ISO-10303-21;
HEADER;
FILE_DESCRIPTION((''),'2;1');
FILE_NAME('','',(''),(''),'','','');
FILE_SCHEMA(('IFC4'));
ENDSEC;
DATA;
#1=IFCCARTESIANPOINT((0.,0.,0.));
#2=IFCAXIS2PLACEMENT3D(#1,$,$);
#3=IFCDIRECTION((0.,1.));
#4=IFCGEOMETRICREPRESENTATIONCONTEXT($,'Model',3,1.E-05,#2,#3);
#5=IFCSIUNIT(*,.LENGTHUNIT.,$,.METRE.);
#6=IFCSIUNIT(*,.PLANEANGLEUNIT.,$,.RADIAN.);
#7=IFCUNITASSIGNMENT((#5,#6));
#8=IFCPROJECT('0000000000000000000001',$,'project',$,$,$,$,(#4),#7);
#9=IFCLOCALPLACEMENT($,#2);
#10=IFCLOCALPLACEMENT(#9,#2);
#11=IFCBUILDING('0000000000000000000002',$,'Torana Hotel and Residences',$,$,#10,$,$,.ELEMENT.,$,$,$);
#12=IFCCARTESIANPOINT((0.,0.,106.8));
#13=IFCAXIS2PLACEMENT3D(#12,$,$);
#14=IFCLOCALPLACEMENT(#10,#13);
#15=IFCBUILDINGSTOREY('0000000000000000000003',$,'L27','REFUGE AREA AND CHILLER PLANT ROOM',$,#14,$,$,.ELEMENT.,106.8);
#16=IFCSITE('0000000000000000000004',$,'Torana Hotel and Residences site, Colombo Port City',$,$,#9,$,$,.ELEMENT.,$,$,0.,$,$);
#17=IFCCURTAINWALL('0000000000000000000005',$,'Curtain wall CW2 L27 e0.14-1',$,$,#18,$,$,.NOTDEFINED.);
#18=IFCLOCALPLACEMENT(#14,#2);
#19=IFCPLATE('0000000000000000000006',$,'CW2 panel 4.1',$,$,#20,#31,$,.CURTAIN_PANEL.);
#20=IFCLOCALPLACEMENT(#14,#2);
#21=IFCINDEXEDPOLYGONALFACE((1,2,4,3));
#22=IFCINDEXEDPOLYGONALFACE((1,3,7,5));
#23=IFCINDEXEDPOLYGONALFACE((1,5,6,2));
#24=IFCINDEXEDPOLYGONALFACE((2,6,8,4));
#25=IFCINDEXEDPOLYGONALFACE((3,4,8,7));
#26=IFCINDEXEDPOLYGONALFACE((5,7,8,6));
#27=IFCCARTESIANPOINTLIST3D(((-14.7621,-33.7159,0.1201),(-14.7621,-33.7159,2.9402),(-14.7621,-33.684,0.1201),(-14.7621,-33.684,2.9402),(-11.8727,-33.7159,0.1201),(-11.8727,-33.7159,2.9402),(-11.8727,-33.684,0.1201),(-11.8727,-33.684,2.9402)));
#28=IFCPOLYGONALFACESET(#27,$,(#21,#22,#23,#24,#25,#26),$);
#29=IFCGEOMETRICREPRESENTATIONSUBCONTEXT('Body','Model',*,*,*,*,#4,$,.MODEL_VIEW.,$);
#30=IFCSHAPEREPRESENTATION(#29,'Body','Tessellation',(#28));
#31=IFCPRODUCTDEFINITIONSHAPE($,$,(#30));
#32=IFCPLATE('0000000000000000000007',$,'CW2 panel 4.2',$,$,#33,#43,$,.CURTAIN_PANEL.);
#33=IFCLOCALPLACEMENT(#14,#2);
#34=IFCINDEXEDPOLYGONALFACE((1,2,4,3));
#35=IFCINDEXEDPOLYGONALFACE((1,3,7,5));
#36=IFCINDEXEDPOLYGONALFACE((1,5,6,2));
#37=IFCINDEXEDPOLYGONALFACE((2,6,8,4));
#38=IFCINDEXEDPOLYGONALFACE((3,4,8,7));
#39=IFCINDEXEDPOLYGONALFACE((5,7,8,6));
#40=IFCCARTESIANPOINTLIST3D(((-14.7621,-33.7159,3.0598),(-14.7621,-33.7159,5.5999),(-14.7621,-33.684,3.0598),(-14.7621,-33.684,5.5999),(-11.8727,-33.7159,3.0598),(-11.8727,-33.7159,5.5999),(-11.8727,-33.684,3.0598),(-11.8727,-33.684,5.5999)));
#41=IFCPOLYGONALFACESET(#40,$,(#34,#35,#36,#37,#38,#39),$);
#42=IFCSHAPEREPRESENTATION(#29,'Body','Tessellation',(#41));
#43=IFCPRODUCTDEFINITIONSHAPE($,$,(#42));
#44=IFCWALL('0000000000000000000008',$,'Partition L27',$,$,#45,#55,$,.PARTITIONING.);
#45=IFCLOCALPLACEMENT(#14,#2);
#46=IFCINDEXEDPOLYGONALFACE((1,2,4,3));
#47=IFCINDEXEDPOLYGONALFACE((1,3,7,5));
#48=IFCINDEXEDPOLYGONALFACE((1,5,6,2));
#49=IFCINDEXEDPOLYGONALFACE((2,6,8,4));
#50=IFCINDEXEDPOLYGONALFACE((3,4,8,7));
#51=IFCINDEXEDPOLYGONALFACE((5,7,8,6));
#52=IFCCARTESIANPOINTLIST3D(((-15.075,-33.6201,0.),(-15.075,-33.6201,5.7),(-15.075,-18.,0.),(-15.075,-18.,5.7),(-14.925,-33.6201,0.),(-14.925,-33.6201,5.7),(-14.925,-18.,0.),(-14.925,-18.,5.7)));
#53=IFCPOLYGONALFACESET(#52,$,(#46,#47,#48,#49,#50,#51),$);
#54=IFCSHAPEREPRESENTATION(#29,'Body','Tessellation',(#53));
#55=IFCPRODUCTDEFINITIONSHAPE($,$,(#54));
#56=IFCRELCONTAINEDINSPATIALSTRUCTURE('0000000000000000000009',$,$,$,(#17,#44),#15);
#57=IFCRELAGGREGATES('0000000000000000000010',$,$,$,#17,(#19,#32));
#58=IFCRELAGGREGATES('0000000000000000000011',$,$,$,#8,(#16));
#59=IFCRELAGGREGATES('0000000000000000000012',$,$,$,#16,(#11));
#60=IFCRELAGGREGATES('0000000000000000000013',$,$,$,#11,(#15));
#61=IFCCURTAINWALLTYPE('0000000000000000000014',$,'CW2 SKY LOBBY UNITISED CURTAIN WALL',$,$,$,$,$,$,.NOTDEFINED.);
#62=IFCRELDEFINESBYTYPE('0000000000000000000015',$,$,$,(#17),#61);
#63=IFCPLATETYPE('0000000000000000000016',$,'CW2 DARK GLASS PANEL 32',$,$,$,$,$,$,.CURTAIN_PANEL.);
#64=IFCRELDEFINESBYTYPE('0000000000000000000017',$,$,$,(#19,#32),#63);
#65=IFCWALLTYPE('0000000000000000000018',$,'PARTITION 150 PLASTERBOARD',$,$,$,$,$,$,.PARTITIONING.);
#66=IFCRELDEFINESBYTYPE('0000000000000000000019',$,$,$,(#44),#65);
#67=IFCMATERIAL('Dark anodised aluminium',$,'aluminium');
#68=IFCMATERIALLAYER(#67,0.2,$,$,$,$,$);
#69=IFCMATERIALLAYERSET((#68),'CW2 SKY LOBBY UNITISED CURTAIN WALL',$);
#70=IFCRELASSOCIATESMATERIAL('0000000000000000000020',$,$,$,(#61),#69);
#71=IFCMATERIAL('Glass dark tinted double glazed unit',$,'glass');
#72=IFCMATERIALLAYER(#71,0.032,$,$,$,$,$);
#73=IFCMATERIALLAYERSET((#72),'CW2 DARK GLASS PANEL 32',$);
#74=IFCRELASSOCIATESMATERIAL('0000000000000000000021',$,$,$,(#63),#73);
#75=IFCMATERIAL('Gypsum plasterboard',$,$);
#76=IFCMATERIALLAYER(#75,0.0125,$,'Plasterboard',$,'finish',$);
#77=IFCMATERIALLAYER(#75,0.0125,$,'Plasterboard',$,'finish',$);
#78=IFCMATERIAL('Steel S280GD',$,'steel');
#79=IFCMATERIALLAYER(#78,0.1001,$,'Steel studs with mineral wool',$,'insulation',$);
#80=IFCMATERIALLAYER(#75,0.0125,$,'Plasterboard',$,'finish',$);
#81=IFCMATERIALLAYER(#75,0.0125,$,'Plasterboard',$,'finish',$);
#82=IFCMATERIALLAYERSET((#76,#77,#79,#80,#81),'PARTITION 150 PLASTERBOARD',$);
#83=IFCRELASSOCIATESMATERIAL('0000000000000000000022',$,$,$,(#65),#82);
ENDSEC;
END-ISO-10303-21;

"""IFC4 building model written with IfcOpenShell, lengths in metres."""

from ifc_helpers import new_model, si_unit, direction, frame, frame_2d, origin, origin_2d, place, context, subcontext, project, spatial, rectangle, extrude, material, layer, layer_set, type_object, element, aggregate, save


model = new_model("IFC4")

# Units and contexts
model_context = context("Model", 3, precision=1e-05, world=origin(), true_north=direction((0.0, 1.0)))
body_context = subcontext(model_context, "Body", "Model", "MODEL_VIEW")
ifc_project = project(units=[si_unit("LENGTHUNIT", "METRE"), si_unit("PLANEANGLEUNIT", "RADIAN")], contexts=[model_context])

# Site, building, storey
site_placement = place(None, origin())
site = spatial("IfcSite", under=ifc_project, at=site_placement, Name="Torana Hotel and Residences site, Colombo Port City", CompositionType="ELEMENT", RefElevation=0.0)
building_placement = place(site_placement, origin())
building = spatial("IfcBuilding", under=site, at=building_placement, Name="Torana Hotel and Residences", CompositionType="ELEMENT")
storey_placement = place(building_placement, frame((0.0, 0.0, 106.8)))
storey = spatial("IfcBuildingStorey", under=building, at=storey_placement, Name="L27", Description="REFUGE AREA AND CHILLER PLANT ROOM", CompositionType="ELEMENT", Elevation=106.8)

# Curtain wall
ifc_material_1 = material(Name="Dark anodised aluminium", Category="aluminium")
ifc_layer_1 = layer(ifc_material_1, 0.2)
ifc_layer_set_1 = layer_set([ifc_layer_1], Name="CW2 SKY LOBBY UNITISED CURTAIN WALL")
curtain_wall_type = type_object("IfcCurtainWallType", Name="CW2 SKY LOBBY UNITISED CURTAIN WALL", PredefinedType="NOTDEFINED", material=ifc_layer_set_1)
curtain_wall_placement = place(storey_placement, origin())
curtain_wall = element("IfcCurtainWall", 1, at=curtain_wall_placement, inside=storey, type_object=curtain_wall_type, Name="Curtain wall CW2 L27 e0.14-1", PredefinedType="NOTDEFINED")

# Plates
ifc_material_2 = material(Name="Glass dark tinted double glazed unit", Category="glass")
ifc_layer_2 = layer(ifc_material_2, 0.032)
ifc_layer_set_2 = layer_set([ifc_layer_2], Name="CW2 DARK GLASS PANEL 32")
plate_type = type_object("IfcPlateType", Name="CW2 DARK GLASS PANEL 32", PredefinedType="CURTAIN_PANEL", material=ifc_layer_set_2)
plate_1_placement = place(storey_placement, frame((-13.3174, -33.7, 0.1201), z_axis=(0.0, 0.0, 1.0), x_axis=(1.0, 0.0, 0.0)))
plate_1 = element("IfcPlate", 2, at=plate_1_placement, type_object=plate_type, Name="CW2 panel 4.1", PredefinedType="CURTAIN_PANEL", context=body_context, shape_type="SweptSolid", body=[
    extrude(rectangle(XDim=2.8894, YDim=0.032, at=origin_2d()), origin(), (0.0, 0.0, 1.0), 2.8201),
])
plate_2_placement = place(storey_placement, frame((-13.3174, -33.7, 3.0598), z_axis=(0.0, 0.0, 1.0), x_axis=(1.0, 0.0, 0.0)))
plate_2 = element("IfcPlate", 3, at=plate_2_placement, type_object=plate_type, Name="CW2 panel 4.2", PredefinedType="CURTAIN_PANEL", context=body_context, shape_type="SweptSolid", body=[
    extrude(rectangle(XDim=2.8894, YDim=0.032, at=origin_2d()), origin(), (0.0, 0.0, 1.0), 2.54),
])
aggregate(curtain_wall, [plate_1, plate_2])

# Wall
ifc_material_3 = material(Name="Gypsum plasterboard")
ifc_layer_3 = layer(ifc_material_3, 0.0125, Name="Plasterboard", Category="finish")
ifc_layer_4 = layer(ifc_material_3, 0.0125, Name="Plasterboard", Category="finish")
ifc_material_4 = material(Name="Steel S280GD", Category="steel")
ifc_layer_5 = layer(ifc_material_4, 0.1001, Name="Steel studs with mineral wool", Category="insulation")
ifc_layer_6 = layer(ifc_material_3, 0.0125, Name="Plasterboard", Category="finish")
ifc_layer_7 = layer(ifc_material_3, 0.0125, Name="Plasterboard", Category="finish")
ifc_layer_set_3 = layer_set([ifc_layer_3, ifc_layer_4, ifc_layer_5, ifc_layer_6, ifc_layer_7], Name="PARTITION 150 PLASTERBOARD")
wall_type = type_object("IfcWallType", Name="PARTITION 150 PLASTERBOARD", PredefinedType="PARTITIONING", material=ifc_layer_set_3)
wall_placement = place(storey_placement, frame((-15.0, -33.6201, 0.0), z_axis=(0.0, 0.0, 1.0), x_axis=(0.0, 1.0, 0.0)))
element("IfcWall", 4, at=wall_placement, inside=storey, type_object=wall_type, Name="Partition L27", PredefinedType="PARTITIONING", context=body_context, shape_type="SweptSolid", body=[
    extrude(rectangle(XDim=15.6201, YDim=0.1499, at=frame_2d((7.8101, 0.0))), origin(), (0.0, 0.0, 1.0), 5.7),
])

save(model, "model.ifc")
